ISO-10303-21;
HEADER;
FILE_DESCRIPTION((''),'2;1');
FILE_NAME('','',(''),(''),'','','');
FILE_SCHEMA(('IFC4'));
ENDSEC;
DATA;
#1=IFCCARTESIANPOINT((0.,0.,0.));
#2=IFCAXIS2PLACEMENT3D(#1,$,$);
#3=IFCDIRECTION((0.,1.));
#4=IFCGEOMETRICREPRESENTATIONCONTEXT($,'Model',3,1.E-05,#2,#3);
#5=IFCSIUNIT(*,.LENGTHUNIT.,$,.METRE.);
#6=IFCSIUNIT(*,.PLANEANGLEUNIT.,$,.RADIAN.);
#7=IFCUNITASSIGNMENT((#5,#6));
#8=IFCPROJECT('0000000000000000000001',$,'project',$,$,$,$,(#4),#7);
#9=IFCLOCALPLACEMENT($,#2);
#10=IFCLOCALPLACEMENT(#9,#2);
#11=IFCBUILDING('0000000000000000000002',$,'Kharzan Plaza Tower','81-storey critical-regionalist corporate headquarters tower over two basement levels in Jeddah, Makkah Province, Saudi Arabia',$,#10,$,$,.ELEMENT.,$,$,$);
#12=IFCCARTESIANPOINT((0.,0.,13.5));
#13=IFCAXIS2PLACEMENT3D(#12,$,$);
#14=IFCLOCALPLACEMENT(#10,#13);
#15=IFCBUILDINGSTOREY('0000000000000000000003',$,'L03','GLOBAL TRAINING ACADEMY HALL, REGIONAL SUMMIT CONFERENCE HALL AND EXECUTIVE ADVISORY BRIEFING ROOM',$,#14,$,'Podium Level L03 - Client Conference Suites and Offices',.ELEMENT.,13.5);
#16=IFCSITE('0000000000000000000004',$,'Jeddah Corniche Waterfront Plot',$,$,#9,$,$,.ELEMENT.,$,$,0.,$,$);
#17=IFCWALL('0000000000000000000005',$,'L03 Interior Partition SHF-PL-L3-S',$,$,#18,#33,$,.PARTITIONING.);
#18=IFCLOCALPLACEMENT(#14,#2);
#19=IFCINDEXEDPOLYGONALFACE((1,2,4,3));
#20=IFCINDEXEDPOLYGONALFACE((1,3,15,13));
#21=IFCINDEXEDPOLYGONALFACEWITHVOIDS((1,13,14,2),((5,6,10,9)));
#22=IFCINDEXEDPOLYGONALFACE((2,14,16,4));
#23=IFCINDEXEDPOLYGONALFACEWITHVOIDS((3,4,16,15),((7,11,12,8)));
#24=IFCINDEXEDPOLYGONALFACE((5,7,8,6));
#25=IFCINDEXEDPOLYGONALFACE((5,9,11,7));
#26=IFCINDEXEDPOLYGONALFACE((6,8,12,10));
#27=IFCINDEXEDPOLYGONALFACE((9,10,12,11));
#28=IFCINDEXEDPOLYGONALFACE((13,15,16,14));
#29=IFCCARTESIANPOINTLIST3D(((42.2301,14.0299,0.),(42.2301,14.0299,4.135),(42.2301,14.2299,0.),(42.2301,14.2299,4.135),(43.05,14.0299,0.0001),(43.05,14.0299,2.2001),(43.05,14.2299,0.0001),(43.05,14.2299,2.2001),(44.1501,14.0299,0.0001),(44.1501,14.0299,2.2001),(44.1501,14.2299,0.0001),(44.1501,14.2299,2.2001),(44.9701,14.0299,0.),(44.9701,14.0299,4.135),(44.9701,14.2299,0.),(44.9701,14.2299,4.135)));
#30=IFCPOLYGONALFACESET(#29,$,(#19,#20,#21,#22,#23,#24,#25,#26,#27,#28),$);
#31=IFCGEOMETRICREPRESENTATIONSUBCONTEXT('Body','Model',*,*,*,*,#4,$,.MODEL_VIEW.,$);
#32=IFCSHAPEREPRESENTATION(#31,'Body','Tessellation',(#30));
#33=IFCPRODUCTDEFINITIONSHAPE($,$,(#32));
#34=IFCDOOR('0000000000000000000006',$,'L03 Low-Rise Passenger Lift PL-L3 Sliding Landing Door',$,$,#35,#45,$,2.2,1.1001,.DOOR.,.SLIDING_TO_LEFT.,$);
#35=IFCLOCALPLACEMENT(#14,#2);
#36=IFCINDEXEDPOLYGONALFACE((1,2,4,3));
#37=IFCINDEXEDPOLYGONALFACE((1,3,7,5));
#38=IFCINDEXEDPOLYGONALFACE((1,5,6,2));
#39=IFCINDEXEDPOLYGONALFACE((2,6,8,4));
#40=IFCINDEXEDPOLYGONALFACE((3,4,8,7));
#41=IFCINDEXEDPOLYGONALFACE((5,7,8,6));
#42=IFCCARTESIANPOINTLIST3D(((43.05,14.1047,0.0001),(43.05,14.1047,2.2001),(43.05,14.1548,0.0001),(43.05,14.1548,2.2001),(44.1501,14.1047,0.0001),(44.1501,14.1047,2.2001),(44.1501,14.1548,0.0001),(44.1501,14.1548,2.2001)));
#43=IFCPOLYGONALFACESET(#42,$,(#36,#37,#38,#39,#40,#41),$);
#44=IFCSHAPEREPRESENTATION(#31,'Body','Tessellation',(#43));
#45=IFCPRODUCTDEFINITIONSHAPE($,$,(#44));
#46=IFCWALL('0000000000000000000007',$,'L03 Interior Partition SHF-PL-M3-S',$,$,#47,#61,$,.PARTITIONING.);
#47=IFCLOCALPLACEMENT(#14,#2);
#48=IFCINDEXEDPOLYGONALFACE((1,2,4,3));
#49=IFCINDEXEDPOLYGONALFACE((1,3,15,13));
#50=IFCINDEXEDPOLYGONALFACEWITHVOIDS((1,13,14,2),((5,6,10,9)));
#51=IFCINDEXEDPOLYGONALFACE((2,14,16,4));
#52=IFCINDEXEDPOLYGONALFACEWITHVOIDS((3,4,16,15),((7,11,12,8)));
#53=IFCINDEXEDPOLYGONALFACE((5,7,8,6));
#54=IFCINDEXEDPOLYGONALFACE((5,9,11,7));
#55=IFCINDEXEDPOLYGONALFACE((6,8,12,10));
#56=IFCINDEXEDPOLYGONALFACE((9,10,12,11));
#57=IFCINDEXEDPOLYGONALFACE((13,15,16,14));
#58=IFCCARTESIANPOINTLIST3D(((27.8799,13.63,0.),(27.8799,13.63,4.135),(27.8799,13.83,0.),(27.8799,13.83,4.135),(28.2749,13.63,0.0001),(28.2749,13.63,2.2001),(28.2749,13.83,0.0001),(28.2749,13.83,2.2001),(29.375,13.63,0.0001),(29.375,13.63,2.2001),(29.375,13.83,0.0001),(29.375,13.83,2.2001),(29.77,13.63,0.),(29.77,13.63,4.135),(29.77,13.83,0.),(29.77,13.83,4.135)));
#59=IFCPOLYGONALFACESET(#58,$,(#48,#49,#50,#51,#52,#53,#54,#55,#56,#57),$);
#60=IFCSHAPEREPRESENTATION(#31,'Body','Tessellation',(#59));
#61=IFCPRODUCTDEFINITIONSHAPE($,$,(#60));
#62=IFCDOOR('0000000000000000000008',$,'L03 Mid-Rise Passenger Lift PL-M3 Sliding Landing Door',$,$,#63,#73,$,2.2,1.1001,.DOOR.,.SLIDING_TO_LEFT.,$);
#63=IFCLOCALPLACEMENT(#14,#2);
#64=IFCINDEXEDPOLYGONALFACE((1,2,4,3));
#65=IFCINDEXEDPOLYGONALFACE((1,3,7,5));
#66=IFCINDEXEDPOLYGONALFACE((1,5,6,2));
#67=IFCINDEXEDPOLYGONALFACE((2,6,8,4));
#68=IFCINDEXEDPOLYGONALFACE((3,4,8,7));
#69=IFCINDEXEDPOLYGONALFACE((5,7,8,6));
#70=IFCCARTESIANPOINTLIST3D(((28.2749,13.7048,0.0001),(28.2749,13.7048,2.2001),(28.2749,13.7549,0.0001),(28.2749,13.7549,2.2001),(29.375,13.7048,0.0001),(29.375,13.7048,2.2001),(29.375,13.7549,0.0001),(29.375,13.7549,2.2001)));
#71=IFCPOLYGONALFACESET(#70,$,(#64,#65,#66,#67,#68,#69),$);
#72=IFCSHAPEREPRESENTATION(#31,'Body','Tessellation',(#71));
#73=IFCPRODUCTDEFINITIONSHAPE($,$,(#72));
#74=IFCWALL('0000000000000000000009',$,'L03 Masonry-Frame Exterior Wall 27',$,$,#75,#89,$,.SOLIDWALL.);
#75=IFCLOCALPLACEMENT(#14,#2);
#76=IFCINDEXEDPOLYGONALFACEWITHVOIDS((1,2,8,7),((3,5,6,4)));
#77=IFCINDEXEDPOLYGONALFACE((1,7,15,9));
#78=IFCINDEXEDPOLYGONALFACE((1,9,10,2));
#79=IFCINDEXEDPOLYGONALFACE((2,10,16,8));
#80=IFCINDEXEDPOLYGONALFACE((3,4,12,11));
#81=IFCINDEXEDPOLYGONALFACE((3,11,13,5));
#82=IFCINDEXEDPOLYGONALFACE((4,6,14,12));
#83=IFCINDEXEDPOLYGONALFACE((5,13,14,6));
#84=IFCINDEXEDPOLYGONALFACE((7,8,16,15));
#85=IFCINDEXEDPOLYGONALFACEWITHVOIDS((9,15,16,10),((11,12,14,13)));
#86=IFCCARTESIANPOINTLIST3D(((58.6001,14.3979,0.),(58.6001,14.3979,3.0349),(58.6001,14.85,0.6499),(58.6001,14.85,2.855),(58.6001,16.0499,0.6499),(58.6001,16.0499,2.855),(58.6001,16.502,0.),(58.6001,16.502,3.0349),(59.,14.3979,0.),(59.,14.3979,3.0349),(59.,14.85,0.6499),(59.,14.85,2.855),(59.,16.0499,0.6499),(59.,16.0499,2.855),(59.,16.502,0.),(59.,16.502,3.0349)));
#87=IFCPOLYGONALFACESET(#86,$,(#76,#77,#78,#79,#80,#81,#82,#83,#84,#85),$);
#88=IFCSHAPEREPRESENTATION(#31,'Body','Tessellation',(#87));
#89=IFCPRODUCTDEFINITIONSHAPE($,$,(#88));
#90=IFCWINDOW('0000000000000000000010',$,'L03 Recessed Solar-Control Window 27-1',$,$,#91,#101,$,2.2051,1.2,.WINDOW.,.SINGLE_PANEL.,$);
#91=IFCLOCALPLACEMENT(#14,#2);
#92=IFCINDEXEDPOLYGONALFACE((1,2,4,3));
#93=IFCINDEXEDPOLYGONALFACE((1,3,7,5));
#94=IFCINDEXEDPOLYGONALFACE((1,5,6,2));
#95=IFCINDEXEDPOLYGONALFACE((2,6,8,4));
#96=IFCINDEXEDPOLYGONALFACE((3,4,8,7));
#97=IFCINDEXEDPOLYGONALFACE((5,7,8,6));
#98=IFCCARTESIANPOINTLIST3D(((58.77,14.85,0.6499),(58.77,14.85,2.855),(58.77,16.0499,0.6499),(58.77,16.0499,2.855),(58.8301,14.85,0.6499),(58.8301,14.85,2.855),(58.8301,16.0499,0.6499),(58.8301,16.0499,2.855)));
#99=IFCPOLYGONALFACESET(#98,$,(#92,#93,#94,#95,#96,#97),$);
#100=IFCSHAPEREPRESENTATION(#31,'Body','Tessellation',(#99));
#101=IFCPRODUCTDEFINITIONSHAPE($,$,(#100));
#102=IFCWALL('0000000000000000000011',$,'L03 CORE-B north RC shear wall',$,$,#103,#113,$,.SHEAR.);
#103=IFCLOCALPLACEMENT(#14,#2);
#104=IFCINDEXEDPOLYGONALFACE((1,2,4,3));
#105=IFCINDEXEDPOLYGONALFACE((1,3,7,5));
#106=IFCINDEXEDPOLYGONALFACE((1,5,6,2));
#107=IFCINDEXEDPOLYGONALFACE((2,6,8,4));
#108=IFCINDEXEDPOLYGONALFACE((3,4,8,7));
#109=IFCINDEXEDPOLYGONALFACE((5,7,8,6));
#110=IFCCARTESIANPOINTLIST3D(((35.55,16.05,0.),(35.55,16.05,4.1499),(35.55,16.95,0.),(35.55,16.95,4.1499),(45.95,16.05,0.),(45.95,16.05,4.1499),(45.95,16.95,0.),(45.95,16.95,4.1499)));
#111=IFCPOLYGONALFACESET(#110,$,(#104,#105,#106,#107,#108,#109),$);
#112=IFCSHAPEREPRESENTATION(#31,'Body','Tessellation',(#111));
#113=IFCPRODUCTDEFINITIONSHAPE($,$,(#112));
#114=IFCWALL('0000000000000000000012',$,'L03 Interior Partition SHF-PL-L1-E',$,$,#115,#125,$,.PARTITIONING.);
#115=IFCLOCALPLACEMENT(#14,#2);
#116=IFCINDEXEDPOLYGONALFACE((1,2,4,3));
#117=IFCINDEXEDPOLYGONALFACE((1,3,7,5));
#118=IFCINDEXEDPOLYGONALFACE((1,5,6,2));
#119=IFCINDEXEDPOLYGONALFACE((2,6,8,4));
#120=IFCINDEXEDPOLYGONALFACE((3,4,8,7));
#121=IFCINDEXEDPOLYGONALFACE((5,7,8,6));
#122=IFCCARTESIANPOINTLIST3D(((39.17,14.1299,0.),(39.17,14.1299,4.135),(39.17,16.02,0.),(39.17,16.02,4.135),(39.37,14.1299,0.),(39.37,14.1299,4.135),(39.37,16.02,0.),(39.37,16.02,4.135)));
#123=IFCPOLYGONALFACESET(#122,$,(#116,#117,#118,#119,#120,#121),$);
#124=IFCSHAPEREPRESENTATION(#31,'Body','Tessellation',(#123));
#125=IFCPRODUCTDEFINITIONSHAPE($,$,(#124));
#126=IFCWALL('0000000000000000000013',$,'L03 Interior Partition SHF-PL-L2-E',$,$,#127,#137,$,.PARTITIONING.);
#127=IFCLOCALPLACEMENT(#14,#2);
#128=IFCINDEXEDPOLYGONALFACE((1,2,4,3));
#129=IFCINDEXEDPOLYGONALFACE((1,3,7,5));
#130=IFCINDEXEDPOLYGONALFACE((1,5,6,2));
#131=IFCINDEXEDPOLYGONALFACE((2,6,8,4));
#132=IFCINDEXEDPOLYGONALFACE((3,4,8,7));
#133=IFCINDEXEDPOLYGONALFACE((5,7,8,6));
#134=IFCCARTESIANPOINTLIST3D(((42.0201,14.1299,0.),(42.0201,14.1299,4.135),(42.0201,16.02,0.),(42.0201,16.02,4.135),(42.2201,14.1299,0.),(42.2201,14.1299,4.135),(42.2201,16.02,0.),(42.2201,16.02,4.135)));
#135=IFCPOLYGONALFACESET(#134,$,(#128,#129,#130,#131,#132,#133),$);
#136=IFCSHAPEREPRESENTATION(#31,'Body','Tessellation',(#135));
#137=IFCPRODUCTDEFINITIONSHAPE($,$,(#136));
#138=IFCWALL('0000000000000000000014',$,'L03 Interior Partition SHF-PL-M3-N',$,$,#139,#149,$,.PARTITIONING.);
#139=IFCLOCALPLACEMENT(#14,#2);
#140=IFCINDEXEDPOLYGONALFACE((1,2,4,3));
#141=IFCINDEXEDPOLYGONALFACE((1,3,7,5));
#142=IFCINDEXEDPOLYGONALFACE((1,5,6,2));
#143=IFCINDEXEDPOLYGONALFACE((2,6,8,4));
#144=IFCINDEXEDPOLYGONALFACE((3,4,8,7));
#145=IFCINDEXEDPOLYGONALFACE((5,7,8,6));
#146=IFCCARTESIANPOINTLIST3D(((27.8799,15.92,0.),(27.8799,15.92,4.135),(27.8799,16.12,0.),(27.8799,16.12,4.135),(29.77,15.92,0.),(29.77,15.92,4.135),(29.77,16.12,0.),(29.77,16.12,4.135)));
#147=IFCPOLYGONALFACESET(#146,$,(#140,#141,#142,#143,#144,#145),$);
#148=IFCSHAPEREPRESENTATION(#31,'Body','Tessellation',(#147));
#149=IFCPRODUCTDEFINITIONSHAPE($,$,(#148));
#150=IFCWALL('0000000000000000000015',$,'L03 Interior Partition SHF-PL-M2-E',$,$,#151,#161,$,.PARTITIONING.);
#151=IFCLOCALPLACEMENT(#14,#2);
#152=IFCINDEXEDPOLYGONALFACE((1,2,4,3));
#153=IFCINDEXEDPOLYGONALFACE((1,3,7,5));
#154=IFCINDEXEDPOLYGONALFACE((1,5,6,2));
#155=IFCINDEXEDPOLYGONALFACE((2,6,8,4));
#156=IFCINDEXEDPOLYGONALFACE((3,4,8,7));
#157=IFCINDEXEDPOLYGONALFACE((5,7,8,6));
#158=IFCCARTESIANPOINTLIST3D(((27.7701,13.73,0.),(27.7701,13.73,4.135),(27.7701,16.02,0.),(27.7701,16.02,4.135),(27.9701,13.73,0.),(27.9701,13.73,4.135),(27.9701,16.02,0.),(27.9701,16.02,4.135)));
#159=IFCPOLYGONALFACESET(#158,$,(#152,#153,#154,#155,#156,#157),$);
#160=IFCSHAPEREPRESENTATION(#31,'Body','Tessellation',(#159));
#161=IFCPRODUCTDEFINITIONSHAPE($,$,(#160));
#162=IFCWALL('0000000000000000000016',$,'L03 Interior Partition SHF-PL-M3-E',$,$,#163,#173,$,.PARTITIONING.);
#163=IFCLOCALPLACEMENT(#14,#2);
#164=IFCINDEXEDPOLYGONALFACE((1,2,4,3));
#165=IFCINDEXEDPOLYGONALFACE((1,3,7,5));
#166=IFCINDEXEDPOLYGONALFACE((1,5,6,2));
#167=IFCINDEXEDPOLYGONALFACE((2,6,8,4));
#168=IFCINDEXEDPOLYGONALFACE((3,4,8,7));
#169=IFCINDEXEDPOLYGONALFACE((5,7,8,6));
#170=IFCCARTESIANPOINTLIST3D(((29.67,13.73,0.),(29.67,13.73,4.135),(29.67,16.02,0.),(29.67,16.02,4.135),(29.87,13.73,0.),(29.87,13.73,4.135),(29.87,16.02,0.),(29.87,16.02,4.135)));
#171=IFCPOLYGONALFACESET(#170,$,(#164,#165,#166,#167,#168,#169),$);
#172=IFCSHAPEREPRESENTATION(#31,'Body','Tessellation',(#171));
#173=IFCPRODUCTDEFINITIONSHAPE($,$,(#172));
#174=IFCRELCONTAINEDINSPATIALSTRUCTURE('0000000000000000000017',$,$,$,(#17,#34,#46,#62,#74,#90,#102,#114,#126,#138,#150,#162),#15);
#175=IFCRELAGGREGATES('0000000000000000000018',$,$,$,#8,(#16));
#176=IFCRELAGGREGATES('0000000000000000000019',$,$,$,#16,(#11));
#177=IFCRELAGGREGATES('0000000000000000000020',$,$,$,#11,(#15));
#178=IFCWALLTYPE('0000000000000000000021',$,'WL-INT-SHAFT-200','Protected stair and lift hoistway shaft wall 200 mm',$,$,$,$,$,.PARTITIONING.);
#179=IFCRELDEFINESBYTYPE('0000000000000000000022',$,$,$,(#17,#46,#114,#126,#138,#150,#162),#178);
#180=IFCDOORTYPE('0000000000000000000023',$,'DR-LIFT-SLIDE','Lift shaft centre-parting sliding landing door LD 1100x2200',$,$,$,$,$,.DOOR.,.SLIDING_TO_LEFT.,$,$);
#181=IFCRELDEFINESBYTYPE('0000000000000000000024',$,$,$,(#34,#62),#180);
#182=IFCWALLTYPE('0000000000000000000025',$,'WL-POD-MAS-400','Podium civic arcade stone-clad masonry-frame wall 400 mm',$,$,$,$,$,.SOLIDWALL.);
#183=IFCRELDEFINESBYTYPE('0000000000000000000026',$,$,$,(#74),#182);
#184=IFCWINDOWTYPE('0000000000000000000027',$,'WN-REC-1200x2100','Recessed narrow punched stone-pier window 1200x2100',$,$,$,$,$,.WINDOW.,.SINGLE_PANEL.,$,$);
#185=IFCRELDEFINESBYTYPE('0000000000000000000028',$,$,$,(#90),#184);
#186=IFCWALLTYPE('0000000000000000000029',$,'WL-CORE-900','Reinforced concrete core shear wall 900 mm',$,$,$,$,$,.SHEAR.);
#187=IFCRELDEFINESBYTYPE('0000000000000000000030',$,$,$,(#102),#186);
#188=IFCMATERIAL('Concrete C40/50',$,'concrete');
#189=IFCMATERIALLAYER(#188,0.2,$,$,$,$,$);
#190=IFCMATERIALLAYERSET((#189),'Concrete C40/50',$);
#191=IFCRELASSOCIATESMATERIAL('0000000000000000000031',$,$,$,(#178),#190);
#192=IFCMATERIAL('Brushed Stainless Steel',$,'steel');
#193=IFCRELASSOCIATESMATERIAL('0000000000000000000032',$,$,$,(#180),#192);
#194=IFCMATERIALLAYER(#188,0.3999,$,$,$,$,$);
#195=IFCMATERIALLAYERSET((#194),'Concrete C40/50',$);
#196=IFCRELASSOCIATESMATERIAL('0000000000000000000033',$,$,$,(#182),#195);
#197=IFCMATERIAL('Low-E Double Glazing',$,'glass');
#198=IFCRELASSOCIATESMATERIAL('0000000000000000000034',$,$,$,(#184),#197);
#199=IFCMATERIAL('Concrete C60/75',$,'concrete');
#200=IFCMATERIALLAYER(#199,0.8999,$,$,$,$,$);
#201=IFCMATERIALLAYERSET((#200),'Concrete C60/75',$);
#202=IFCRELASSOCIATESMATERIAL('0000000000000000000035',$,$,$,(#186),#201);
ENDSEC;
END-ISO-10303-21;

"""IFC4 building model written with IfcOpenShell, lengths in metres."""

from ifc_helpers import new_model, si_unit, direction, frame, frame_2d, origin, place, context, subcontext, project, spatial, rectangle, extrude, source, transform, mapped, material, layer, layer_set, type_object, element, fill, save


model = new_model("IFC4")

# Units and contexts
model_context = context("Model", 3, precision=1e-05, world=origin(), true_north=direction((0.0, 1.0)))
body_context = subcontext(model_context, "Body", "Model", "MODEL_VIEW")
ifc_project = project(units=[si_unit("LENGTHUNIT", "METRE"), si_unit("PLANEANGLEUNIT", "RADIAN")], contexts=[model_context])

# Site, building, storey
site_placement = place(None, origin())
site = spatial("IfcSite", under=ifc_project, at=site_placement, Name="Jeddah Corniche Waterfront Plot", CompositionType="ELEMENT", RefElevation=0.0)
building_placement = place(site_placement, origin())
building = spatial("IfcBuilding", under=site, at=building_placement, Name="Kharzan Plaza Tower", Description="81-storey critical-regionalist corporate headquarters tower over two basement levels in Jeddah, Makkah Province, Saudi Arabia", CompositionType="ELEMENT")
storey_placement = place(building_placement, frame((0.0, 0.0, 13.5)))
storey = spatial("IfcBuildingStorey", under=building, at=storey_placement, Name="L03", Description="GLOBAL TRAINING ACADEMY HALL, REGIONAL SUMMIT CONFERENCE HALL AND EXECUTIVE ADVISORY BRIEFING ROOM", LongName="Podium Level L03 - Client Conference Suites and Offices", CompositionType="ELEMENT", Elevation=13.5)

# Shared definitions
ifc_material_1 = material(Name="Concrete C60/75", Category="concrete")

# Walls, openings, doors
ifc_material_2 = material(Name="Concrete C40/50", Category="concrete")
ifc_layer_1 = layer(ifc_material_2, 0.2)
ifc_layer_set_1 = layer_set([ifc_layer_1], Name="Concrete C40/50")
wall_type_1 = type_object("IfcWallType", Name="WL-INT-SHAFT-200", Description="Protected stair and lift hoistway shaft wall 200 mm", PredefinedType="PARTITIONING", material=ifc_layer_set_1)
ifc_material_3 = material(Name="Brushed Stainless Steel", Category="steel")
door_type = type_object("IfcDoorType", Name="DR-LIFT-SLIDE", Description="Lift shaft centre-parting sliding landing door LD 1100x2200", OperationType="SLIDING_TO_LEFT", PredefinedType="DOOR", material=ifc_material_3)
shared_shape_1 = source(origin(), body_context, "Body", "SweptSolid", [
    extrude(rectangle(XDim=1.1001, YDim=2.2, at=frame_2d((0.55, 1.1001))), frame((0.0, 0.0249, 0.0), z_axis=(0.0, -1.0, 0.0), x_axis=(1.0, 0.0, 0.0)), (0.0, 0.0, 1.0), 0.05),
])
wall_1_placement = place(storey_placement, frame((42.23, 14.1299, 0.0), z_axis=(0.0, 0.0, 1.0), x_axis=(1.0, 0.0, 0.0)))
wall_1 = element("IfcWall", 1, at=wall_1_placement, inside=storey, type_object=wall_type_1, Name="L03 Interior Partition SHF-PL-L3-S", PredefinedType="PARTITIONING", context=body_context, shape_type="SweptSolid", body=[
    extrude(rectangle(XDim=2.74, YDim=0.2, at=frame_2d((1.3701, 0.0))), origin(), (0.0, 0.0, 1.0), 4.135),
])
opening_1_placement = place(wall_1_placement, frame((0.8201, 0.0, 0.0)))
opening_1 = element("IfcOpeningElement", 2, at=opening_1_placement, cuts=wall_1, PredefinedType="OPENING", context=body_context, shape_type="SweptSolid", body=[
    extrude(rectangle(XDim=1.1001, YDim=2.2, at=frame_2d((0.55, 1.1001))), frame((0.0, 0.1099, 0.0), z_axis=(0.0, -1.0, 0.0), x_axis=(1.0, 0.0, 0.0)), (0.0, 0.0, 1.0), 0.22),
])
door_1_placement = place(opening_1_placement, origin())
door_1 = element("IfcDoor", 3, at=door_1_placement, inside=storey, type_object=door_type, Name="L03 Low-Rise Passenger Lift PL-L3 Sliding Landing Door", OperationType="SLIDING_TO_LEFT", OverallHeight=2.2, OverallWidth=1.1001, PredefinedType="DOOR", context=body_context, shape_type="MappedRepresentation", body=[
    mapped(shared_shape_1, transform((0.0, 0.0, 0.0), x_axis=(1.0, 0.0, 0.0), y_axis=(0.0, 1.0, 0.0), z_axis=(0.0, 0.0, 1.0))),
])
fill(opening_1, door_1)
wall_2_placement = place(storey_placement, frame((27.8799, 13.73, 0.0), z_axis=(0.0, 0.0, 1.0), x_axis=(1.0, 0.0, 0.0)))
wall_2 = element("IfcWall", 4, at=wall_2_placement, inside=storey, type_object=wall_type_1, Name="L03 Interior Partition SHF-PL-M3-S", PredefinedType="PARTITIONING", context=body_context, shape_type="SweptSolid", body=[
    extrude(rectangle(XDim=1.8901, YDim=0.2, at=frame_2d((0.9451, 0.0))), origin(), (0.0, 0.0, 1.0), 4.135),
])
opening_2_placement = place(wall_2_placement, frame((0.395, 0.0, 0.0)))
opening_2 = element("IfcOpeningElement", 5, at=opening_2_placement, cuts=wall_2, PredefinedType="OPENING", context=body_context, shape_type="SweptSolid", body=[
    extrude(rectangle(XDim=1.1001, YDim=2.2, at=frame_2d((0.55, 1.1001))), frame((0.0, 0.1099, 0.0), z_axis=(0.0, -1.0, 0.0), x_axis=(1.0, 0.0, 0.0)), (0.0, 0.0, 1.0), 0.22),
])
door_2_placement = place(opening_2_placement, origin())
door_2 = element("IfcDoor", 6, at=door_2_placement, inside=storey, type_object=door_type, Name="L03 Mid-Rise Passenger Lift PL-M3 Sliding Landing Door", OperationType="SLIDING_TO_LEFT", OverallHeight=2.2, OverallWidth=1.1001, PredefinedType="DOOR", context=body_context, shape_type="MappedRepresentation", body=[
    mapped(shared_shape_1, transform((0.0, 0.0, 0.0), x_axis=(1.0, 0.0, 0.0), y_axis=(0.0, 1.0, 0.0), z_axis=(0.0, 0.0, 1.0))),
])
fill(opening_2, door_2)

# Wall, opening, window
ifc_layer_2 = layer(ifc_material_2, 0.3999)
ifc_layer_set_2 = layer_set([ifc_layer_2], Name="Concrete C40/50")
wall_type_2 = type_object("IfcWallType", Name="WL-POD-MAS-400", Description="Podium civic arcade stone-clad masonry-frame wall 400 mm", PredefinedType="SOLIDWALL", material=ifc_layer_set_2)
wall_3_placement = place(storey_placement, frame((58.8, 14.3979, 0.0), z_axis=(0.0, 0.0, 1.0), x_axis=(0.0, 1.0, 0.0)))
wall_3 = element("IfcWall", 7, at=wall_3_placement, inside=storey, type_object=wall_type_2, Name="L03 Masonry-Frame Exterior Wall 27", PredefinedType="SOLIDWALL", context=body_context, shape_type="SweptSolid", body=[
    extrude(rectangle(XDim=2.104, YDim=0.3999, at=frame_2d((1.052, 0.0))), origin(), (0.0, 0.0, 1.0), 3.0349),
])
opening_3_placement = place(wall_3_placement, frame((0.4519, 0.0, 0.6499)))
opening_3 = element("IfcOpeningElement", 8, at=opening_3_placement, cuts=wall_3, PredefinedType="OPENING", context=body_context, shape_type="SweptSolid", body=[
    extrude(rectangle(XDim=1.2, YDim=2.2051, at=frame_2d((0.6001, 1.1025))), frame((0.0, 0.21, 0.0), z_axis=(0.0, -1.0, 0.0), x_axis=(1.0, 0.0, 0.0)), (0.0, 0.0, 1.0), 0.4199),
])
ifc_material_4 = material(Name="Low-E Double Glazing", Category="glass")
window_type = type_object("IfcWindowType", Name="WN-REC-1200x2100", Description="Recessed narrow punched stone-pier window 1200x2100", PartitioningType="SINGLE_PANEL", PredefinedType="WINDOW", material=ifc_material_4)
shared_shape_2 = source(origin(), body_context, "Body", "SweptSolid", [
    extrude(rectangle(XDim=1.2, YDim=2.2051, at=frame_2d((0.6001, 1.1025))), frame((0.0, 0.03, 0.0), z_axis=(0.0, -1.0, 0.0), x_axis=(1.0, 0.0, 0.0)), (0.0, 0.0, 1.0), 0.0601),
])
window_placement = place(opening_3_placement, origin())
window = element("IfcWindow", 9, at=window_placement, inside=storey, type_object=window_type, Name="L03 Recessed Solar-Control Window 27-1", OverallHeight=2.2051, OverallWidth=1.2, PartitioningType="SINGLE_PANEL", PredefinedType="WINDOW", context=body_context, shape_type="MappedRepresentation", body=[
    mapped(shared_shape_2, transform((0.0, 0.0, 0.0), x_axis=(1.0, 0.0, 0.0), y_axis=(0.0, 1.0, 0.0), z_axis=(0.0, 0.0, 1.0))),
])
fill(opening_3, window)

# Walls
ifc_layer_3 = layer(ifc_material_1, 0.8999)
ifc_layer_set_3 = layer_set([ifc_layer_3], Name="Concrete C60/75")
wall_type_3 = type_object("IfcWallType", Name="WL-CORE-900", Description="Reinforced concrete core shear wall 900 mm", PredefinedType="SHEAR", material=ifc_layer_set_3)
shared_shape_3 = source(origin(), body_context, "Body", "SweptSolid", [
    extrude(rectangle(XDim=10.3999, YDim=0.8999, at=frame_2d((5.2, 0.0))), origin(), (0.0, 0.0, 1.0), 4.1499),
])
wall_4_placement = place(storey_placement, frame((35.55, 16.5, 0.0), z_axis=(0.0, 0.0, 1.0), x_axis=(1.0, 0.0, 0.0)))
element("IfcWall", 10, at=wall_4_placement, inside=storey, type_object=wall_type_3, Name="L03 CORE-B north RC shear wall", PredefinedType="SHEAR", context=body_context, shape_type="MappedRepresentation", body=[
    mapped(shared_shape_3, transform((0.0, 0.0, 0.0), x_axis=(1.0, 0.0, 0.0), y_axis=(0.0, 1.0, 0.0), z_axis=(0.0, 0.0, 1.0))),
])
shared_shape_4 = source(origin(), body_context, "Body", "SweptSolid", [
    extrude(rectangle(XDim=1.8901, YDim=0.2, at=frame_2d((0.9451, 0.0))), origin(), (0.0, 0.0, 1.0), 4.135),
])
for number, where, z_axis, x_axis, name in (
    (11, (39.27, 14.1299, 0.0), (0.0, 0.0, 1.0), (0.0, 1.0, 0.0), "L03 Interior Partition SHF-PL-L1-E"),
    (12, (42.1201, 14.1299, 0.0), (0.0, 0.0, 1.0), (0.0, 1.0, 0.0), "L03 Interior Partition SHF-PL-L2-E"),
    (13, (27.8799, 16.02, 0.0), (0.0, 0.0, 1.0), (1.0, 0.0, 0.0), "L03 Interior Partition SHF-PL-M3-N"),
):
    element("IfcWall", number, at=place(storey_placement, frame(where, z_axis=z_axis, x_axis=x_axis)), inside=storey, type_object=wall_type_1, Name=name, PredefinedType="PARTITIONING", context=body_context, shape_type="MappedRepresentation", body=[
        mapped(shared_shape_4, transform((0.0, 0.0, 0.0), x_axis=(1.0, 0.0, 0.0), y_axis=(0.0, 1.0, 0.0), z_axis=(0.0, 0.0, 1.0))),
    ])
shared_shape_5 = source(origin(), body_context, "Body", "SweptSolid", [
    extrude(rectangle(XDim=2.29, YDim=0.2, at=frame_2d((1.145, 0.0))), origin(), (0.0, 0.0, 1.0), 4.135),
])
for number, where, z_axis, x_axis, name in (
    (14, (27.8701, 13.73, 0.0), (0.0, 0.0, 1.0), (0.0, 1.0, 0.0), "L03 Interior Partition SHF-PL-M2-E"),
    (15, (29.77, 13.73, 0.0), (0.0, 0.0, 1.0), (0.0, 1.0, 0.0), "L03 Interior Partition SHF-PL-M3-E"),
):
    element("IfcWall", number, at=place(storey_placement, frame(where, z_axis=z_axis, x_axis=x_axis)), inside=storey, type_object=wall_type_1, Name=name, PredefinedType="PARTITIONING", context=body_context, shape_type="MappedRepresentation", body=[
        mapped(shared_shape_5, transform((0.0, 0.0, 0.0), x_axis=(1.0, 0.0, 0.0), y_axis=(0.0, 1.0, 0.0), z_axis=(0.0, 0.0, 1.0))),
    ])

save(model, "model.ifc")
